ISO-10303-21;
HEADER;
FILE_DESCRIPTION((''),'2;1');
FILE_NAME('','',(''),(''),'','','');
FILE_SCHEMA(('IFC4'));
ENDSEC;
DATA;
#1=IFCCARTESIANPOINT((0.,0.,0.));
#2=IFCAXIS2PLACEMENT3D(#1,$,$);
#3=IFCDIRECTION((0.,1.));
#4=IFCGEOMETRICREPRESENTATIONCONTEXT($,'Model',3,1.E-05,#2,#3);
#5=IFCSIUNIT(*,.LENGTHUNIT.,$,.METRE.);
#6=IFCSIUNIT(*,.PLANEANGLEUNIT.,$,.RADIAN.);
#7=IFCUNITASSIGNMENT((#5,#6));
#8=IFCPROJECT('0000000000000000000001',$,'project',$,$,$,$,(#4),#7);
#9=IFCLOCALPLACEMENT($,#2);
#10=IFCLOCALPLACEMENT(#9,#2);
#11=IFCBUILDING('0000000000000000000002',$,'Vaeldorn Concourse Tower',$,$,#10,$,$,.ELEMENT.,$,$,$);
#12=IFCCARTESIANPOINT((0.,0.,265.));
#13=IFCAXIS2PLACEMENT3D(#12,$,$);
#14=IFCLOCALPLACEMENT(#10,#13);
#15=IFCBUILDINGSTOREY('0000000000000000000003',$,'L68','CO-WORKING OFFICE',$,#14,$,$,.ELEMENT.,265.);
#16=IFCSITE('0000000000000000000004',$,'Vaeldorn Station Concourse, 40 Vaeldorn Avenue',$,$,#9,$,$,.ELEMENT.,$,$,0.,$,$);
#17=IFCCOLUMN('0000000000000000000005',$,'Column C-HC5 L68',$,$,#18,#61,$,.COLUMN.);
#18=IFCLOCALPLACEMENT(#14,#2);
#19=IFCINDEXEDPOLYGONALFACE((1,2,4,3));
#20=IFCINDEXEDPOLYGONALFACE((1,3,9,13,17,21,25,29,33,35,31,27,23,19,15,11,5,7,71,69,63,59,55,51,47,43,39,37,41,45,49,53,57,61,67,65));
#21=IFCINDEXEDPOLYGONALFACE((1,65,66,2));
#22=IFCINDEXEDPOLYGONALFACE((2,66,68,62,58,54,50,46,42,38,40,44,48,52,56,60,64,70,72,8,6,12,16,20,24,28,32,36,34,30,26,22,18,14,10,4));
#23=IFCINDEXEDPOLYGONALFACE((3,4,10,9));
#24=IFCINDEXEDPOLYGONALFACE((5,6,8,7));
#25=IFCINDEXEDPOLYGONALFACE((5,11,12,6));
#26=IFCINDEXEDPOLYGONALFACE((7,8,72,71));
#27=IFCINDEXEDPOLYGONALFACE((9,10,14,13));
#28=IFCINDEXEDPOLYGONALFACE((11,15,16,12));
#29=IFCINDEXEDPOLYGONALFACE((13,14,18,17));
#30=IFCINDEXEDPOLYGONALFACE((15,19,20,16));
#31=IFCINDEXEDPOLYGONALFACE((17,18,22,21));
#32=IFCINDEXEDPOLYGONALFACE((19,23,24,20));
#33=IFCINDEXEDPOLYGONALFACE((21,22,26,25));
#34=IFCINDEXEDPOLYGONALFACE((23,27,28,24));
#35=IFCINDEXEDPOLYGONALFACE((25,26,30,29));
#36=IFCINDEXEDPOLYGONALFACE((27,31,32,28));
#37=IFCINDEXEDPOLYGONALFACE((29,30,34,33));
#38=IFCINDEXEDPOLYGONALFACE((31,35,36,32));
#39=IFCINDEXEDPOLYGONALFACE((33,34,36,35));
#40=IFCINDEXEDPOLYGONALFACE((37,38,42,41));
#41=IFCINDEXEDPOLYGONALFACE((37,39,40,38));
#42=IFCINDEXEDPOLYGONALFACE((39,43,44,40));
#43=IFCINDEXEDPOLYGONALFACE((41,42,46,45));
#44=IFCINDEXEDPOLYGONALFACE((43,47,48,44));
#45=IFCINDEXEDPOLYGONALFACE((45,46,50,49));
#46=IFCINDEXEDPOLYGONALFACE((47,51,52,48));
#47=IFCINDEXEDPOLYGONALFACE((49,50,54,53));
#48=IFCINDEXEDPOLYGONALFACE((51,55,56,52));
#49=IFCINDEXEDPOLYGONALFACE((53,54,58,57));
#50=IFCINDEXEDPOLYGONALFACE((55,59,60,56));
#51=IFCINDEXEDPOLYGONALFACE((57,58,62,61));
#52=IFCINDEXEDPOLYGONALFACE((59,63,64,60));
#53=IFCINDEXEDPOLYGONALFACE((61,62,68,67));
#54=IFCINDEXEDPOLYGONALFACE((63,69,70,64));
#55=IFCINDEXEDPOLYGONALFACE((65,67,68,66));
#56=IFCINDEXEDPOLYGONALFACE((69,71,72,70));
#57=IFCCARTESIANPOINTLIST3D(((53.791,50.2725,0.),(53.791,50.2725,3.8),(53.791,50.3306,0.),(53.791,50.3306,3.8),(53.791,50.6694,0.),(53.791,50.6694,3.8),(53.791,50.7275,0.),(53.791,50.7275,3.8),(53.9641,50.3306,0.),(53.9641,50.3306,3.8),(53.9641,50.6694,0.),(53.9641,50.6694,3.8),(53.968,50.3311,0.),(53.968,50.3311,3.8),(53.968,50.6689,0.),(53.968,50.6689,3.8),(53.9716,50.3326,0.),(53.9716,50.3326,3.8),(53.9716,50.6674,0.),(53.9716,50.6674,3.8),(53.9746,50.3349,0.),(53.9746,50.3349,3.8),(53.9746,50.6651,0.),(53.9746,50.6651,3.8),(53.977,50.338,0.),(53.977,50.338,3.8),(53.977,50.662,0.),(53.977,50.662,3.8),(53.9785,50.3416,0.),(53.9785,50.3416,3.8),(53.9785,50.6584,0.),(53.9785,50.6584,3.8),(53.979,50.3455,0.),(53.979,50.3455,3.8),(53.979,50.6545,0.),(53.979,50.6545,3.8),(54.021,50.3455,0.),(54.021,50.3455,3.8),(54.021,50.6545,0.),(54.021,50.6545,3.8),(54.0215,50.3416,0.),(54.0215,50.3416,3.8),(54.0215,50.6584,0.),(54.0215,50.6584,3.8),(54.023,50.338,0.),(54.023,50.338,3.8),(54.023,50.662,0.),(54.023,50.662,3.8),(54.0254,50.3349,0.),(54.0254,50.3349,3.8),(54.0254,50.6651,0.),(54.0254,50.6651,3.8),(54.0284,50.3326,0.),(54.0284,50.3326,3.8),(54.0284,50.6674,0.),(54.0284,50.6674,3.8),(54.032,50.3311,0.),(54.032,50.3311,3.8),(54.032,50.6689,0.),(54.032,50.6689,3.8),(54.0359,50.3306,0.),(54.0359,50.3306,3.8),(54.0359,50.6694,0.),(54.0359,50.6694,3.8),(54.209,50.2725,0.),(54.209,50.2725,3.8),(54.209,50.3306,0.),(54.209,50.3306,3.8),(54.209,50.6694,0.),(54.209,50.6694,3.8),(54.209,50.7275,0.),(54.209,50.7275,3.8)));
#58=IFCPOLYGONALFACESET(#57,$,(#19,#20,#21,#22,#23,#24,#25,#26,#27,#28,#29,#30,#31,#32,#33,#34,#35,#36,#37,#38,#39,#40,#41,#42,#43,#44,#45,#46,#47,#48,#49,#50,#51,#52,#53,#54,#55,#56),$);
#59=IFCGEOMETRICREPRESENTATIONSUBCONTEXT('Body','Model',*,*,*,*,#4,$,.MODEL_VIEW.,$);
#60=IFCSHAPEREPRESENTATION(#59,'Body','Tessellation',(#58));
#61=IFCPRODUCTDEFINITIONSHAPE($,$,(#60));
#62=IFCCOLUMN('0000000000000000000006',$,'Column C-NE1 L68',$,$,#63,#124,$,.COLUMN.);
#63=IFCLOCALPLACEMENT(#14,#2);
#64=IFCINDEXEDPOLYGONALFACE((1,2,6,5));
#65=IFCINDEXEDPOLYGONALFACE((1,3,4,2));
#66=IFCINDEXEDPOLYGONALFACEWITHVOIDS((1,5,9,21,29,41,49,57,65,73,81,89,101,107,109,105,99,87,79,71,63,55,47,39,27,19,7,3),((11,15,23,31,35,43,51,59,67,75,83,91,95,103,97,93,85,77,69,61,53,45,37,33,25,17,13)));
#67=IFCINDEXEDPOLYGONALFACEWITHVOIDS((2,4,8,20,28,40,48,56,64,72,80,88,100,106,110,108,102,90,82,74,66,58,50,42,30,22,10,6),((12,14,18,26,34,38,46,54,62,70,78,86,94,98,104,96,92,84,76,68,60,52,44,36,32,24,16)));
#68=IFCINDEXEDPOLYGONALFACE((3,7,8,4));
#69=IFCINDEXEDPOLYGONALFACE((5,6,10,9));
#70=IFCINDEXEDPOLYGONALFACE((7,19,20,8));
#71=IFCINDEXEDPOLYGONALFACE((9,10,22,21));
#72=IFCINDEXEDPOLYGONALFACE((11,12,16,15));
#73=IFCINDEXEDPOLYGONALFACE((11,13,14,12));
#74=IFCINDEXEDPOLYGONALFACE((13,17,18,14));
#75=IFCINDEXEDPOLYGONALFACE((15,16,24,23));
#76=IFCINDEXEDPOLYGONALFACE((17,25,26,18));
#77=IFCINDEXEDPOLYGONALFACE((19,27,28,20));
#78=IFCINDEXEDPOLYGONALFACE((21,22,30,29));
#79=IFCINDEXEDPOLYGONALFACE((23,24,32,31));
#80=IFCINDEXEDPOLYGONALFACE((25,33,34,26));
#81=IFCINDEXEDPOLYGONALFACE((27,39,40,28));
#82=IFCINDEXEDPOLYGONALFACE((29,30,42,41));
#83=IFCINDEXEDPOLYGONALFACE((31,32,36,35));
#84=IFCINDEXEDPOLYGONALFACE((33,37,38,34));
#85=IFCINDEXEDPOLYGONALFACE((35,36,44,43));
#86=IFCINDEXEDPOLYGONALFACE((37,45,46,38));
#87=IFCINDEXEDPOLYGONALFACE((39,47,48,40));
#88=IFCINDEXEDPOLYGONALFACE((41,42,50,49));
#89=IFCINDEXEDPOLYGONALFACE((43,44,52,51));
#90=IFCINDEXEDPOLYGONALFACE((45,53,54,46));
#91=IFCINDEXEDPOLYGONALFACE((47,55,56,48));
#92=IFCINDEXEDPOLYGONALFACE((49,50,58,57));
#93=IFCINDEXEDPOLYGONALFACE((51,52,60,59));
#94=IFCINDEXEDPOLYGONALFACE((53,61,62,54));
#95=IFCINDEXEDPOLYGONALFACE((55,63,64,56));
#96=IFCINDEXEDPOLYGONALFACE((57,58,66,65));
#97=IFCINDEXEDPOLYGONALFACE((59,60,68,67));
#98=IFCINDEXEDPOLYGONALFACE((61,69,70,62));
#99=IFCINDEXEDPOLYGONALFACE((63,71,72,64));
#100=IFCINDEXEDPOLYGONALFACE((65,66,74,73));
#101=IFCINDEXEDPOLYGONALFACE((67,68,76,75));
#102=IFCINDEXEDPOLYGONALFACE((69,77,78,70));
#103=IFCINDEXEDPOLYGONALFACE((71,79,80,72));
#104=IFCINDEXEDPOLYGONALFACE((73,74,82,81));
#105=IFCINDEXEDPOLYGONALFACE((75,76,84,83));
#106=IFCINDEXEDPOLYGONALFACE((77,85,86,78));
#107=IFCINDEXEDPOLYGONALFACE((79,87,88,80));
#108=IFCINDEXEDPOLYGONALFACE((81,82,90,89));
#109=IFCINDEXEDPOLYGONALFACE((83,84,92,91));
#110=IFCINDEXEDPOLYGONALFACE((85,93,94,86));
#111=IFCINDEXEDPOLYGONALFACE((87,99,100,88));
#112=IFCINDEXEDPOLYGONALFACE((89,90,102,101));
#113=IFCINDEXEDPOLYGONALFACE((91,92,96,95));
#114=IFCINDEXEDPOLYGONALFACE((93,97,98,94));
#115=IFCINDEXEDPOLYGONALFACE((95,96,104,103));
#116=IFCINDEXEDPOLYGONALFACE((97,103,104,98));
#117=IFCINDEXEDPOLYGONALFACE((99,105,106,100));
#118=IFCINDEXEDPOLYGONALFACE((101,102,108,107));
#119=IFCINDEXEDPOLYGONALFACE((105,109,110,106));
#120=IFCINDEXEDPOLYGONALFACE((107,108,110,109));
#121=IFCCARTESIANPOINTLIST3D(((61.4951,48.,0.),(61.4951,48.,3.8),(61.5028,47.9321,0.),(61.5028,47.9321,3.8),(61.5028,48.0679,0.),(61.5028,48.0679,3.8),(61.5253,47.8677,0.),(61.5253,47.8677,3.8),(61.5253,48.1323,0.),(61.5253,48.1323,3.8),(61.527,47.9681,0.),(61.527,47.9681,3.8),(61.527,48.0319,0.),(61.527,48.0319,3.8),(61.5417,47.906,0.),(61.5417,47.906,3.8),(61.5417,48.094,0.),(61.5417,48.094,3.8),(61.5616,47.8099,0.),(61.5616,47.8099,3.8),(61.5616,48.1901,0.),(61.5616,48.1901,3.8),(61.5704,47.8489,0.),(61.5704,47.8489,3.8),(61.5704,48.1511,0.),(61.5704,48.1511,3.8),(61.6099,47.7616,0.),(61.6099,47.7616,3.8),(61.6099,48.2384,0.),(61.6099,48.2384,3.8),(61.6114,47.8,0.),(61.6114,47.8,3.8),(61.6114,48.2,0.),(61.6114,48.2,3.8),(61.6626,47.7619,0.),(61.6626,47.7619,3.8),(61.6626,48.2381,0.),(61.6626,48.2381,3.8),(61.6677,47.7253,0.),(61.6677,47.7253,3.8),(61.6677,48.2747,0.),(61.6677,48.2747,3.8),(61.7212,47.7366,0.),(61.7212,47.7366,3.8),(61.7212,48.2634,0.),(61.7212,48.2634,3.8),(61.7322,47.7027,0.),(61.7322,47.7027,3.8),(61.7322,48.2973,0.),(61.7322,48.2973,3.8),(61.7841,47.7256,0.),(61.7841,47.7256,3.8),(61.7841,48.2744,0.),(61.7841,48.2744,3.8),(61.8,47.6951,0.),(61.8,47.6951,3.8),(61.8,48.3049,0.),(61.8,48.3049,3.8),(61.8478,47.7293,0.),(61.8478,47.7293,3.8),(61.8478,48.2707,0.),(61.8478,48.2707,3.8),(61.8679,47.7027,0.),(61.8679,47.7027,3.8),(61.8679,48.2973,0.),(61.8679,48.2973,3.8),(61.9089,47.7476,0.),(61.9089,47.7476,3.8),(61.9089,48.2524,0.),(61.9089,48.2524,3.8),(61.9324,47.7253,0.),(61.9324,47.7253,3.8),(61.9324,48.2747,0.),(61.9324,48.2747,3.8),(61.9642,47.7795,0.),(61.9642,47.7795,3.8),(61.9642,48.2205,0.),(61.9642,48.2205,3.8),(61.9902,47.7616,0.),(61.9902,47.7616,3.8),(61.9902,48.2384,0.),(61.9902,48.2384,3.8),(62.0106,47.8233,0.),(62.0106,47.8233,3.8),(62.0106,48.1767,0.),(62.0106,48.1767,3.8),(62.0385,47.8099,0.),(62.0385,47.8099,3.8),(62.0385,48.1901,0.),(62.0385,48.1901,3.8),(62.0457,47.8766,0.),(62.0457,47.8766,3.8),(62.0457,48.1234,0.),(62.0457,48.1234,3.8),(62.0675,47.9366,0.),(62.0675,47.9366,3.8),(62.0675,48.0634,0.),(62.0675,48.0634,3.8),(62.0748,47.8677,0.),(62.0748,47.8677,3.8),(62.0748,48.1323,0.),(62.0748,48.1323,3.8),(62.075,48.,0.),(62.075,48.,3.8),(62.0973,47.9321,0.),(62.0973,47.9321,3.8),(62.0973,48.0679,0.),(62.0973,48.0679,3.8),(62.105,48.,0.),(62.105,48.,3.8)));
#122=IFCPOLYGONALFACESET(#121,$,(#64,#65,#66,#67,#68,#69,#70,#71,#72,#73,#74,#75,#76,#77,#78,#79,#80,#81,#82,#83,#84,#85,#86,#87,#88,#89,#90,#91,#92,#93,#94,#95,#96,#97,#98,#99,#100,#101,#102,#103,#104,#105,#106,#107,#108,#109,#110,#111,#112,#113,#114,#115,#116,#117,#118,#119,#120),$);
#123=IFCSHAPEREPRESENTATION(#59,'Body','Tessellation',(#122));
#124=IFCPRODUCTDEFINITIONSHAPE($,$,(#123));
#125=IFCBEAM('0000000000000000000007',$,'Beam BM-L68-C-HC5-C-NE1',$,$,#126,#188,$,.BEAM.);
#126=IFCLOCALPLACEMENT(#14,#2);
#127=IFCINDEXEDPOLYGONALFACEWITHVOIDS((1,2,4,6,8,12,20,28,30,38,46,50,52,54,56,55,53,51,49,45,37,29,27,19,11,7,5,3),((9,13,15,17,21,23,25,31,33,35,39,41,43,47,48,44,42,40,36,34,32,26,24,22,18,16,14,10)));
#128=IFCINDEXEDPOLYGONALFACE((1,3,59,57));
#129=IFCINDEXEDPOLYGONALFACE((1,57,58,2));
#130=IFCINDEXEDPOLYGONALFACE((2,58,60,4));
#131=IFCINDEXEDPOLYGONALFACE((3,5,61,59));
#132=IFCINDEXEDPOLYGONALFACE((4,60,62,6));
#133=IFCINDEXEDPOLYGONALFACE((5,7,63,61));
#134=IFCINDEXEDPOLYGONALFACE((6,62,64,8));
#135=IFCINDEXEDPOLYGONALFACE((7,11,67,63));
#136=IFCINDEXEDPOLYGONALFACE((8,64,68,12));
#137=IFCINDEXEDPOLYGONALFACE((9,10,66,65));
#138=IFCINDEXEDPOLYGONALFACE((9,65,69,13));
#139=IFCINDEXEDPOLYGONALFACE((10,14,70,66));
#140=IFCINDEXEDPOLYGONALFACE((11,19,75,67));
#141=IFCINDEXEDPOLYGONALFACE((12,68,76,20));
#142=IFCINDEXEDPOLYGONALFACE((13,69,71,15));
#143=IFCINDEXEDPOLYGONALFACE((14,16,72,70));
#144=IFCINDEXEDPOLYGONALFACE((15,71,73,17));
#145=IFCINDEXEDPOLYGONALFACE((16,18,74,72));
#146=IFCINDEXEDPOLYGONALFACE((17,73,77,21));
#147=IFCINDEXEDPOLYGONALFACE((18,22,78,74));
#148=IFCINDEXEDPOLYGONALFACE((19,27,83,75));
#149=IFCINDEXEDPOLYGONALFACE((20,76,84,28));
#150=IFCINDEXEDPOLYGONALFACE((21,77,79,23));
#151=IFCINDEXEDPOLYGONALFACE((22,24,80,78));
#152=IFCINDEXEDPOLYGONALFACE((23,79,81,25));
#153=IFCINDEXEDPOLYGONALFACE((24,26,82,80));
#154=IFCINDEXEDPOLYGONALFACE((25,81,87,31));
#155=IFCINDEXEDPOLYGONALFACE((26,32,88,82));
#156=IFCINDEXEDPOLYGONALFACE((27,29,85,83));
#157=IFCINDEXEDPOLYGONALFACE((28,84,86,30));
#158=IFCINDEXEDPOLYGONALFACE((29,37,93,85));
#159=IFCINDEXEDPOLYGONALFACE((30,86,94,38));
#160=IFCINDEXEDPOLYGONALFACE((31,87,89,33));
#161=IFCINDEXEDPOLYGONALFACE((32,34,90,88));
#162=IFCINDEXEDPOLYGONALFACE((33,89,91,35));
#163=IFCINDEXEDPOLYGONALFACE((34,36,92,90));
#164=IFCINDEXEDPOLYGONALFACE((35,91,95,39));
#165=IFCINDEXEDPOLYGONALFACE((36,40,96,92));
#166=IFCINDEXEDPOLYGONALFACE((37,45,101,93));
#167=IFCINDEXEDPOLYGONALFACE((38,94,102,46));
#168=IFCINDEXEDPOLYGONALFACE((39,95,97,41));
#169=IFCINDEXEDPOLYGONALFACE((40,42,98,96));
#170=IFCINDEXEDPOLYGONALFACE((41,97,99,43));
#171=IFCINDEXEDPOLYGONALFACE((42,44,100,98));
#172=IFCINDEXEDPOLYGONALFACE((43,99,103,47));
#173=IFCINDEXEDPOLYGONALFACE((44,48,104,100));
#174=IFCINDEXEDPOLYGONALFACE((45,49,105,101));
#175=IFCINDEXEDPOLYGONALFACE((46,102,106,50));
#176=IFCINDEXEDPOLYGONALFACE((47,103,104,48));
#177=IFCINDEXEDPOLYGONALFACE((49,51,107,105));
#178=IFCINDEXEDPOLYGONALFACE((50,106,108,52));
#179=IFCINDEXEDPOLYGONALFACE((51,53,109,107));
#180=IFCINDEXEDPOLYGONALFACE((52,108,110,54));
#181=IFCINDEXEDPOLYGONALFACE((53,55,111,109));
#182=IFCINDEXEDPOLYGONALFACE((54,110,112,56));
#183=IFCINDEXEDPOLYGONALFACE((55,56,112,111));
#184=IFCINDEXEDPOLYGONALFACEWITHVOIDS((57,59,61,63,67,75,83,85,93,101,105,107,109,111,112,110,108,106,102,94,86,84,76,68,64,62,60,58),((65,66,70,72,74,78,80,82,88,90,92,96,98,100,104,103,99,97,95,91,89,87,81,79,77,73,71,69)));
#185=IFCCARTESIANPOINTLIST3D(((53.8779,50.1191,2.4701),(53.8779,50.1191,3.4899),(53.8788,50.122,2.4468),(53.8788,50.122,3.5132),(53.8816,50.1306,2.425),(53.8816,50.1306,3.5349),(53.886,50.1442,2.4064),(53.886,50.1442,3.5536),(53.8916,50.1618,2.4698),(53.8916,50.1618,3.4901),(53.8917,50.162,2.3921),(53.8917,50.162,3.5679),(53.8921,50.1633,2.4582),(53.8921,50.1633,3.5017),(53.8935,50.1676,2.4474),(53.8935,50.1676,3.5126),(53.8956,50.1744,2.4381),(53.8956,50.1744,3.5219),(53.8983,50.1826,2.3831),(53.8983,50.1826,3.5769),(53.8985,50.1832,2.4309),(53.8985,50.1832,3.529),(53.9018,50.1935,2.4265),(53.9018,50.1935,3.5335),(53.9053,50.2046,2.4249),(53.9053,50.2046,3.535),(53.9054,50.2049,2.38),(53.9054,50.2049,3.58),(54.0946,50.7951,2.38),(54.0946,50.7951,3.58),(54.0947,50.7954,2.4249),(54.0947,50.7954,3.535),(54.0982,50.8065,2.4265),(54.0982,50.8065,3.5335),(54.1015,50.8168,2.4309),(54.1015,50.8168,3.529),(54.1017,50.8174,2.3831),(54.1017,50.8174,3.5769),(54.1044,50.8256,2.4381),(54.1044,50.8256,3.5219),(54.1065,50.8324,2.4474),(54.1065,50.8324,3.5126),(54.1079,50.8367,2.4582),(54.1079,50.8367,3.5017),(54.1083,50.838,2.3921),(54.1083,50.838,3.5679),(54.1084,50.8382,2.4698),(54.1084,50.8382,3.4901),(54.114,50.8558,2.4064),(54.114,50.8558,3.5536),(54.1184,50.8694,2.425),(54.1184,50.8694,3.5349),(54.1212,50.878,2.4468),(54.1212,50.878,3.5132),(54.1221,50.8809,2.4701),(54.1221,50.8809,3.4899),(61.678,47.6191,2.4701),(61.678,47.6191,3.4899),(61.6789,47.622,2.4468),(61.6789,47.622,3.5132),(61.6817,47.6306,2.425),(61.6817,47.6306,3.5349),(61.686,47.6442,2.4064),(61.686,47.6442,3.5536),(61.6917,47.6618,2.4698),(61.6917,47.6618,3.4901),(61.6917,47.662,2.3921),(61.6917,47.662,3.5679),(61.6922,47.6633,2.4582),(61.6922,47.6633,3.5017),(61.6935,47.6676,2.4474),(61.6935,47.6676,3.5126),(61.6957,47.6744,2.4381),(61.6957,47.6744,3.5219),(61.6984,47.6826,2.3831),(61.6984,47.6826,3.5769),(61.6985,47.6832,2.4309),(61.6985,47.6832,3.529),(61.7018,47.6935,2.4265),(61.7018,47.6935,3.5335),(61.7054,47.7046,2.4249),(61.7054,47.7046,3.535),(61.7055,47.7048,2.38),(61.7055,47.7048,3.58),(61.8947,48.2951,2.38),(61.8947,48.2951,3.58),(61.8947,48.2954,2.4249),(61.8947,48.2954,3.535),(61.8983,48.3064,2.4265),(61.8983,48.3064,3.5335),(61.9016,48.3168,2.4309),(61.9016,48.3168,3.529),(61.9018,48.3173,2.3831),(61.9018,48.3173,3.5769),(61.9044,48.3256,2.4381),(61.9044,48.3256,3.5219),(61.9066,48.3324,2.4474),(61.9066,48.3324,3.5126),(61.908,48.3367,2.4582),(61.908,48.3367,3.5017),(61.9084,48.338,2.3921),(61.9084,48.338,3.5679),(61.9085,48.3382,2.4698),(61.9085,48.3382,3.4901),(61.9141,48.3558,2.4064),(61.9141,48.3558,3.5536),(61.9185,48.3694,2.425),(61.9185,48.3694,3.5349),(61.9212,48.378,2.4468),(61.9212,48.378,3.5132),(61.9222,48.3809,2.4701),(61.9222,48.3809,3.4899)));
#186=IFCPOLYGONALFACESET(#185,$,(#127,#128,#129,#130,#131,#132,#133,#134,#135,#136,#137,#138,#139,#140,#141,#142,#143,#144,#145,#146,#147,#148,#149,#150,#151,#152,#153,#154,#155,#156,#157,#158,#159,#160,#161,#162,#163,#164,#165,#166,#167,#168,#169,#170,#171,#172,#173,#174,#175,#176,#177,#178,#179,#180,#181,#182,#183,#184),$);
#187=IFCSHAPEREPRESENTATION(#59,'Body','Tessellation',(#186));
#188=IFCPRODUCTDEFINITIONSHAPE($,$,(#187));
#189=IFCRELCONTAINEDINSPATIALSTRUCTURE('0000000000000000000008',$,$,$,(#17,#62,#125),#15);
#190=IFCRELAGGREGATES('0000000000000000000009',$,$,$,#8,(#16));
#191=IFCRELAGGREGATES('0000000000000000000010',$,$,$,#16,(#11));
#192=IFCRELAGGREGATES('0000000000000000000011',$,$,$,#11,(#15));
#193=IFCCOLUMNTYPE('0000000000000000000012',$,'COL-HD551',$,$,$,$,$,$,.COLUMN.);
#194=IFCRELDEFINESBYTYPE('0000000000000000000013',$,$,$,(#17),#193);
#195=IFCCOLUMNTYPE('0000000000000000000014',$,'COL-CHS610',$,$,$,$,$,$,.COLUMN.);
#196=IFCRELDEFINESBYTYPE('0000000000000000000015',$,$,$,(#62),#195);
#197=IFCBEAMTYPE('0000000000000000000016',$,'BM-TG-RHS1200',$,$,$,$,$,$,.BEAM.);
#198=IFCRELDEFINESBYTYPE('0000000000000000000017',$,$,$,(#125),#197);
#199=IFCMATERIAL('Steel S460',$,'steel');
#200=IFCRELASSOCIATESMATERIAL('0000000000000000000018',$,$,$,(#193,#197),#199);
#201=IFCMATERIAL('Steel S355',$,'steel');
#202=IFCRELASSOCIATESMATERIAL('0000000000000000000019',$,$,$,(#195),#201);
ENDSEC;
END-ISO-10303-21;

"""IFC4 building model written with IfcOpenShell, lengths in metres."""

from ifc_helpers import new_model, si_unit, direction, frame, origin, origin_2d, place, context, subcontext, project, spatial, hollow_rectangle, hollow_circle, i_section, extrude, source, transform, mapped, material, material_profile, profile_set, type_object, element, save


model = new_model("IFC4")

# Units and contexts
model_context = context("Model", 3, precision=1e-05, world=origin(), true_north=direction((0.0, 1.0)))
body_context = subcontext(model_context, "Body", "Model", "MODEL_VIEW")
ifc_project = project(units=[si_unit("LENGTHUNIT", "METRE"), si_unit("PLANEANGLEUNIT", "RADIAN")], contexts=[model_context])

# Site, building, storey
site_placement = place(None, origin())
site = spatial("IfcSite", under=ifc_project, at=site_placement, Name="Vaeldorn Station Concourse, 40 Vaeldorn Avenue", CompositionType="ELEMENT", RefElevation=0.0)
building_placement = place(site_placement, origin())
building = spatial("IfcBuilding", under=site, at=building_placement, Name="Vaeldorn Concourse Tower", CompositionType="ELEMENT")
storey_placement = place(building_placement, frame((0.0, 0.0, 265.0)))
storey = spatial("IfcBuildingStorey", under=building, at=storey_placement, Name="L68", Description="CO-WORKING OFFICE", CompositionType="ELEMENT", Elevation=265.0)

# Columns
ifc_material_1 = material(Name="Steel S460", Category="steel")
ifc_material_profile_1 = material_profile(ifc_material_1, i_section(OverallWidth=0.418, OverallDepth=0.4551, WebThickness=0.042, FlangeThickness=0.0581, FilletRadius=0.0149, at=origin_2d()), Name="HD 400x551")
ifc_profile_set_1 = profile_set([ifc_material_profile_1], Name="Steel S460")
column_type_1 = type_object("IfcColumnType", Name="COL-HD551", PredefinedType="COLUMN", material=ifc_profile_set_1)
shared_shape_1 = source(origin(), body_context, "Body", "SweptSolid", [
    extrude(i_section(OverallWidth=0.418, OverallDepth=0.4551, WebThickness=0.042, FlangeThickness=0.0581, FilletRadius=0.0149, at=origin_2d()), origin(), (0.0, 0.0, 1.0), 3.8),
])
column_1_placement = place(storey_placement, frame((54.0, 50.5, 0.0), z_axis=(0.0, 0.0, 1.0), x_axis=(1.0, 0.0, 0.0)))
element("IfcColumn", 1, at=column_1_placement, inside=storey, type_object=column_type_1, Name="Column C-HC5 L68", PredefinedType="COLUMN", context=body_context, shape_type="MappedRepresentation", body=[
    mapped(shared_shape_1, transform((0.0, 0.0, 0.0), scale=1.0)),
])
ifc_material_2 = material(Name="Steel S355", Category="steel")
ifc_material_profile_2 = material_profile(ifc_material_2, hollow_circle(Radius=0.3049, WallThickness=0.03, at=origin_2d()), Name="CHS 610x30")
ifc_profile_set_2 = profile_set([ifc_material_profile_2], Name="Steel S355")
column_type_2 = type_object("IfcColumnType", Name="COL-CHS610", PredefinedType="COLUMN", material=ifc_profile_set_2)
shared_shape_2 = source(origin(), body_context, "Body", "SweptSolid", [
    extrude(hollow_circle(Radius=0.3049, WallThickness=0.03, at=origin_2d()), origin(), (0.0, 0.0, 1.0), 3.8),
])
column_2_placement = place(storey_placement, frame((61.8, 48.0, 0.0), z_axis=(0.0, 0.0, 1.0), x_axis=(1.0, 0.0, 0.0)))
element("IfcColumn", 2, at=column_2_placement, inside=storey, type_object=column_type_2, Name="Column C-NE1 L68", PredefinedType="COLUMN", context=body_context, shape_type="MappedRepresentation", body=[
    mapped(shared_shape_2, transform((0.0, 0.0, 0.0), scale=1.0)),
])

# Beam
ifc_material_profile_3 = material_profile(ifc_material_1, hollow_rectangle(XDim=0.8, YDim=1.2, WallThickness=0.0449, InnerFilletRadius=0.0449, OuterFilletRadius=0.0901, at=origin_2d()), Name="RHS 1200x800x45")
ifc_profile_set_3 = profile_set([ifc_material_profile_3], Name="Steel S460")
beam_type_1 = type_object("IfcBeamType", Name="BM-TG-RHS1200", PredefinedType="BEAM", material=ifc_profile_set_3)
shared_shape_3 = source(origin(), body_context, "Body", "SweptSolid", [
    extrude(hollow_rectangle(XDim=0.8, YDim=1.2, WallThickness=0.0449, InnerFilletRadius=0.0449, OuterFilletRadius=0.0901, at=origin_2d()), origin(), (0.0, 0.0, 1.0), 8.1909),
])
beam_1_placement = place(storey_placement, frame((54.0, 50.5, 2.98), z_axis=(0.952283, -0.305217, 0.0), x_axis=(0.305217, 0.952283, 0.0)))
element("IfcBeam", 3, at=beam_1_placement, inside=storey, type_object=beam_type_1, Name="Beam BM-L68-C-HC5-C-NE1", PredefinedType="BEAM", context=body_context, shape_type="MappedRepresentation", body=[
    mapped(shared_shape_3, transform((0.0, 0.0, 0.0), scale=1.0)),
])

save(model, "model.ifc")
